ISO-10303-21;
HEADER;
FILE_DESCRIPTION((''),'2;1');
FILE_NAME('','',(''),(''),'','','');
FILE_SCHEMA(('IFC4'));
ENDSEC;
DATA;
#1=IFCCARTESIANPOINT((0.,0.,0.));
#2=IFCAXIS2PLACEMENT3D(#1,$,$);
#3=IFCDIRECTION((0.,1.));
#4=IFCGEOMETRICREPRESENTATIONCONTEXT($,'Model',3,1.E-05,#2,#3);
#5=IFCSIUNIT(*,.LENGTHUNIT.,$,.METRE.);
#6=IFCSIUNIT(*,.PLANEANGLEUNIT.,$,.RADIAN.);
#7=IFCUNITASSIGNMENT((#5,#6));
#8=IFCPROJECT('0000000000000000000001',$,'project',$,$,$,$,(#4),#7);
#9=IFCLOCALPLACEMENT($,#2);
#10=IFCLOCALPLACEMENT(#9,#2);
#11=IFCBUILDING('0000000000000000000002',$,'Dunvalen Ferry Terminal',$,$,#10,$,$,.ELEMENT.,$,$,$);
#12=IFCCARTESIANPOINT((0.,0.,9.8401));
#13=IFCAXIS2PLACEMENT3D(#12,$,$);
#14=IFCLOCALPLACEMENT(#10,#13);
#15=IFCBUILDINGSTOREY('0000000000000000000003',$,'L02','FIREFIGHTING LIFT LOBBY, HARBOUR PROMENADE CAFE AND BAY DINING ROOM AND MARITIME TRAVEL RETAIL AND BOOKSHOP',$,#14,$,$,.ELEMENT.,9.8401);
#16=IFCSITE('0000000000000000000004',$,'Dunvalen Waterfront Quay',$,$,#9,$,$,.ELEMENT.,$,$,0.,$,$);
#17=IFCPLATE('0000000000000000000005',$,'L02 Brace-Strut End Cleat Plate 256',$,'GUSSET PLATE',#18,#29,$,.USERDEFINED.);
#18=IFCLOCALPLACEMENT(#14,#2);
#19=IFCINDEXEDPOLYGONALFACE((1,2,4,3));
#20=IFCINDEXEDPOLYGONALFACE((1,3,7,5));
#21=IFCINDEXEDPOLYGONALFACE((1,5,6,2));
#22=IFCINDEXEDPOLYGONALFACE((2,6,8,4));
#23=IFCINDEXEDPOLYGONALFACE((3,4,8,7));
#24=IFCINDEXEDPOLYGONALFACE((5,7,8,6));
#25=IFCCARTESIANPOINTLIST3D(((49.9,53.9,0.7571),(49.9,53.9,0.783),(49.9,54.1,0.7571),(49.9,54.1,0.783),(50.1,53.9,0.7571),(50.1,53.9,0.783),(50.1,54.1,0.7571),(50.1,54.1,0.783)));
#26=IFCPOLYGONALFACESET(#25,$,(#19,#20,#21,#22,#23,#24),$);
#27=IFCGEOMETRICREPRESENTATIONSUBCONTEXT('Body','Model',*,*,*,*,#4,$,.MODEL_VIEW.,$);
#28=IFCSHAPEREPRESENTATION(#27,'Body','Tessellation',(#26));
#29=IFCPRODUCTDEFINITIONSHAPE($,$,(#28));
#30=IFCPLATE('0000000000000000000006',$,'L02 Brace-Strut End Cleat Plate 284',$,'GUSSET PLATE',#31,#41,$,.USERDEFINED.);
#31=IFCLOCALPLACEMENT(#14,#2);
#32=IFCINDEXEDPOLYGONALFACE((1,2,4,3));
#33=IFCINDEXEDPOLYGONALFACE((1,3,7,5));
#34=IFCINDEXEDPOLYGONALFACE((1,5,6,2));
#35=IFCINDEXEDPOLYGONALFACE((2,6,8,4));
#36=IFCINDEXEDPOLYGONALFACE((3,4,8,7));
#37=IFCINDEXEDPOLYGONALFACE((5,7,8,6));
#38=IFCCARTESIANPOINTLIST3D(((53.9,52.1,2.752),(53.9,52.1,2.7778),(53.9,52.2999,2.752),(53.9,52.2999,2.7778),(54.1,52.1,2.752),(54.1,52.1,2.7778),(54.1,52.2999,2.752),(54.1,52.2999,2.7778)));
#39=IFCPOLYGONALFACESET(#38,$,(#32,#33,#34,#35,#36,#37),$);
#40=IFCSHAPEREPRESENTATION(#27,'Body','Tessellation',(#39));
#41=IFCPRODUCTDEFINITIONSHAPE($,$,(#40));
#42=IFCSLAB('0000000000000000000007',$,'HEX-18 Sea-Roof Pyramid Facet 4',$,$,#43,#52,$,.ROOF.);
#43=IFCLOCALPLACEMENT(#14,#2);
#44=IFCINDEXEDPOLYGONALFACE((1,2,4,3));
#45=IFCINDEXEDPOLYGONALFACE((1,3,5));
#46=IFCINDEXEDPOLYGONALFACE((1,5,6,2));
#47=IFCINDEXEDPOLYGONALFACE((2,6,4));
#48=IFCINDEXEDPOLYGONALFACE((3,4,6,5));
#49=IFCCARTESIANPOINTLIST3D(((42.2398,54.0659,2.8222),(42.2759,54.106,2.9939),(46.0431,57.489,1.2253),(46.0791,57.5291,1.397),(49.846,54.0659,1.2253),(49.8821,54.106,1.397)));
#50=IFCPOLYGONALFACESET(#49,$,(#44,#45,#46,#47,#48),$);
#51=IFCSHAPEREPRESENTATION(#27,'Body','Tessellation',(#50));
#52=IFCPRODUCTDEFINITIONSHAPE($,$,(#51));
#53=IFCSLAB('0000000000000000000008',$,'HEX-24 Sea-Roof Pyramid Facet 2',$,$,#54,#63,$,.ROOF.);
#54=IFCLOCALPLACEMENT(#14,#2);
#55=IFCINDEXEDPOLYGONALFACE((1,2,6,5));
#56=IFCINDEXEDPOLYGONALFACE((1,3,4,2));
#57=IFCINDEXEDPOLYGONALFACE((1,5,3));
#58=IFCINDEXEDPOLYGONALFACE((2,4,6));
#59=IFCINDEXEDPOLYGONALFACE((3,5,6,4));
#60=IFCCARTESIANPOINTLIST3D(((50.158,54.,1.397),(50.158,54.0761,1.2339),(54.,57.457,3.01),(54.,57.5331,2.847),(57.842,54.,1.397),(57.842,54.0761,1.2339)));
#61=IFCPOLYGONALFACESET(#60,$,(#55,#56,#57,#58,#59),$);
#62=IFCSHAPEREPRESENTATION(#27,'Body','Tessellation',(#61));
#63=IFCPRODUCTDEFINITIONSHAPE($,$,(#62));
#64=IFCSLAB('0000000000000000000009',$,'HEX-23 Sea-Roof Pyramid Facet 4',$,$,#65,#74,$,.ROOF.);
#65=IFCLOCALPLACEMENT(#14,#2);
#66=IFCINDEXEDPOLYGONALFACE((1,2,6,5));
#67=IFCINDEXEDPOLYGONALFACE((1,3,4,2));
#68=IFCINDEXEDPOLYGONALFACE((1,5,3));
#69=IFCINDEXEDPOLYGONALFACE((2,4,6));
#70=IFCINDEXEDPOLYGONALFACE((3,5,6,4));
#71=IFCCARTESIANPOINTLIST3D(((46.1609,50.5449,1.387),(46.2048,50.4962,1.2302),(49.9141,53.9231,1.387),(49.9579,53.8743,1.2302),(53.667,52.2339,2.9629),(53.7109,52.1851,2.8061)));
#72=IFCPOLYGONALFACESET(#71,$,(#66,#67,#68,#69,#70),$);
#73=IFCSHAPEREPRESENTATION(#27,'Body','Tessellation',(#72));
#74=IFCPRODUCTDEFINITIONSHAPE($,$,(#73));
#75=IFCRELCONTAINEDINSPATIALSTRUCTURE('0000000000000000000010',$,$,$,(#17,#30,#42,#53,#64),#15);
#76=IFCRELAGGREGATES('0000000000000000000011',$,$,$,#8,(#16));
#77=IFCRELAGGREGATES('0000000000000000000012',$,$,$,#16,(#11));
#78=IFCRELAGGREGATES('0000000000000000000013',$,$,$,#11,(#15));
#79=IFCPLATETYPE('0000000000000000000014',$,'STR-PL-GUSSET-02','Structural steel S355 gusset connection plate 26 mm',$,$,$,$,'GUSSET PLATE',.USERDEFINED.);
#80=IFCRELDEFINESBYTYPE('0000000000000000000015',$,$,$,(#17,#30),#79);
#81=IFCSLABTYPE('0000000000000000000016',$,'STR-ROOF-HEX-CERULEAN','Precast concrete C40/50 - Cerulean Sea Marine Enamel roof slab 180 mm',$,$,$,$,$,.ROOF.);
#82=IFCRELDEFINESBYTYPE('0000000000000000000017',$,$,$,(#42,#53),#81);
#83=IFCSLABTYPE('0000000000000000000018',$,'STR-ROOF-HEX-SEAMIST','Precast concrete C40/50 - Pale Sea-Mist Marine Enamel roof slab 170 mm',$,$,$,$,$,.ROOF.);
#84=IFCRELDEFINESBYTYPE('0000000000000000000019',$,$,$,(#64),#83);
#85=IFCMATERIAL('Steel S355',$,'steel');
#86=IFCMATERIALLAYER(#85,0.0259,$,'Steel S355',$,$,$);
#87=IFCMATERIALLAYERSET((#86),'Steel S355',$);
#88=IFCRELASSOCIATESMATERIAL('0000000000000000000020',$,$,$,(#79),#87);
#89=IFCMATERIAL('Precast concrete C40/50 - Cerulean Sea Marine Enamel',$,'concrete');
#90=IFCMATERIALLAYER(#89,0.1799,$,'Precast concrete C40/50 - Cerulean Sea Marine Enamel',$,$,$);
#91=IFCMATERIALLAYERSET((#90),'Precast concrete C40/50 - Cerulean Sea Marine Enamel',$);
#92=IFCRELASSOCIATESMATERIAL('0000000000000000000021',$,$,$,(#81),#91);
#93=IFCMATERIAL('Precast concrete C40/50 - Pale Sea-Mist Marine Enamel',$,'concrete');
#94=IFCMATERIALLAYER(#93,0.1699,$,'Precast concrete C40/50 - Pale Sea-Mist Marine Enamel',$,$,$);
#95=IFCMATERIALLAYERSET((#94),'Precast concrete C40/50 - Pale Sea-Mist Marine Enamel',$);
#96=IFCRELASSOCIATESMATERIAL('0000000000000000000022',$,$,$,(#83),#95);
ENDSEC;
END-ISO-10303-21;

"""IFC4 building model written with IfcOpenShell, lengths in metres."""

from ifc_helpers import new_model, si_unit, direction, frame, origin, origin_2d, place, context, subcontext, project, spatial, polyline, rectangle, outline, extrude, material, layer, layer_set, type_object, element, save


model = new_model("IFC4")

# Units and contexts
model_context = context("Model", 3, precision=1e-05, world=origin(), true_north=direction((0.0, 1.0)))
body_context = subcontext(model_context, "Body", "Model", "MODEL_VIEW")
ifc_project = project(units=[si_unit("LENGTHUNIT", "METRE"), si_unit("PLANEANGLEUNIT", "RADIAN")], contexts=[model_context])

# Site, building, storey
site_placement = place(None, origin())
site = spatial("IfcSite", under=ifc_project, at=site_placement, Name="Dunvalen Waterfront Quay", CompositionType="ELEMENT", RefElevation=0.0)
building_placement = place(site_placement, origin())
building = spatial("IfcBuilding", under=site, at=building_placement, Name="Dunvalen Ferry Terminal", CompositionType="ELEMENT")
storey_placement = place(building_placement, frame((0.0, 0.0, 9.8401)))
storey = spatial("IfcBuildingStorey", under=building, at=storey_placement, Name="L02", Description="FIREFIGHTING LIFT LOBBY, HARBOUR PROMENADE CAFE AND BAY DINING ROOM AND MARITIME TRAVEL RETAIL AND BOOKSHOP", CompositionType="ELEMENT", Elevation=9.8401)

# Shared definitions
ifc_material_1 = material(Name="Steel S355", Category="steel")

# Plates
ifc_layer_1 = layer(ifc_material_1, 0.0259, Name="Steel S355")
ifc_layer_set_1 = layer_set([ifc_layer_1], Name="Steel S355")
plate_type_1 = type_object("IfcPlateType", Name="STR-PL-GUSSET-02", Description="Structural steel S355 gusset connection plate 26 mm", ElementType="GUSSET PLATE", PredefinedType="USERDEFINED", material=ifc_layer_set_1)
for number, where, z_axis, x_axis, name in (
    (1, (50.0, 54.0, 0.7571), (0.0, 0.0, 1.0), (1.0, 0.0, 0.0), "L02 Brace-Strut End Cleat Plate 256"),
    (2, (54.0, 52.2, 2.752), (0.0, 0.0, 1.0), (1.0, 0.0, 0.0), "L02 Brace-Strut End Cleat Plate 284"),
):
    element("IfcPlate", number, at=place(storey_placement, frame(where, z_axis=z_axis, x_axis=x_axis)), inside=storey, type_object=plate_type_1, Name=name, ObjectType="GUSSET PLATE", PredefinedType="USERDEFINED", context=body_context, shape_type="SweptSolid", body=[
        extrude(rectangle(XDim=0.2, YDim=0.2, at=origin_2d()), origin(), (0.0, 0.0, 1.0), 0.0259),
    ])

# Slabs
ifc_material_2 = material(Name="Precast concrete C40/50 - Cerulean Sea Marine Enamel", Category="concrete")
ifc_layer_2 = layer(ifc_material_2, 0.1799, Name="Precast concrete C40/50 - Cerulean Sea Marine Enamel")
ifc_layer_set_2 = layer_set([ifc_layer_2], Name="Precast concrete C40/50 - Cerulean Sea Marine Enamel")
slab_type_1 = type_object("IfcSlabType", Name="STR-ROOF-HEX-CERULEAN", Description="Precast concrete C40/50 - Cerulean Sea Marine Enamel roof slab 180 mm", PredefinedType="ROOF", material=ifc_layer_set_2)
slab_1_placement = place(storey_placement, frame((49.8821, 54.106, 1.397), z_axis=(0.200318, 0.222548, 0.95412), x_axis=(-0.743254, 0.66901, 0.0)))
element("IfcSlab", 3, at=slab_1_placement, inside=storey, type_object=slab_type_1, Name="HEX-18 Sea-Roof Pyramid Facet 4", PredefinedType="ROOF", context=body_context, shape_type="SweptSolid", body=[
    extrude(outline(polyline([(0.0, 0.0), (5.1167, 0.0), (5.6533, 5.3333), (0.0, 0.0)])), origin(), (0.0, 0.0, -1.0), 0.1799),
])
slab_2_placement = place(storey_placement, frame((50.158, 54.0, 1.397), z_axis=(0.0, -0.422833, 0.906208), x_axis=(1.0, 0.0, 0.0)))
element("IfcSlab", 4, at=slab_2_placement, inside=storey, type_object=slab_type_1, Name="HEX-24 Sea-Roof Pyramid Facet 2", PredefinedType="ROOF", context=body_context, shape_type="SweptSolid", body=[
    extrude(outline(polyline([(0.0, 0.0), (7.6841, 0.0), (3.842, 3.8148), (0.0, 0.0)])), origin(), (0.0, 0.0, -1.0), 0.1799),
])
ifc_material_3 = material(Name="Precast concrete C40/50 - Pale Sea-Mist Marine Enamel", Category="concrete")
ifc_layer_3 = layer(ifc_material_3, 0.1699, Name="Precast concrete C40/50 - Pale Sea-Mist Marine Enamel")
ifc_layer_set_3 = layer_set([ifc_layer_3], Name="Precast concrete C40/50 - Pale Sea-Mist Marine Enamel")
slab_type_2 = type_object("IfcSlabType", Name="STR-ROOF-HEX-SEAMIST", Description="Precast concrete C40/50 - Pale Sea-Mist Marine Enamel roof slab 170 mm", PredefinedType="ROOF", material=ifc_layer_set_3)
slab_3_placement = place(storey_placement, frame((49.9141, 53.9231, 1.387), z_axis=(-0.258238, 0.286904, 0.922496), x_axis=(-0.743263, -0.668999, 0.0)))
element("IfcSlab", 5, at=slab_3_placement, inside=storey, type_object=slab_type_2, Name="HEX-23 Sea-Roof Pyramid Facet 4", PredefinedType="ROOF", context=body_context, shape_type="SweptSolid", body=[
    extrude(outline(polyline([(0.0, 0.0), (5.0496, 0.0), (-1.6593, 4.0827), (0.0, 0.0)])), origin(), (0.0, 0.0, -1.0), 0.1699),
])

save(model, "model.ifc")
